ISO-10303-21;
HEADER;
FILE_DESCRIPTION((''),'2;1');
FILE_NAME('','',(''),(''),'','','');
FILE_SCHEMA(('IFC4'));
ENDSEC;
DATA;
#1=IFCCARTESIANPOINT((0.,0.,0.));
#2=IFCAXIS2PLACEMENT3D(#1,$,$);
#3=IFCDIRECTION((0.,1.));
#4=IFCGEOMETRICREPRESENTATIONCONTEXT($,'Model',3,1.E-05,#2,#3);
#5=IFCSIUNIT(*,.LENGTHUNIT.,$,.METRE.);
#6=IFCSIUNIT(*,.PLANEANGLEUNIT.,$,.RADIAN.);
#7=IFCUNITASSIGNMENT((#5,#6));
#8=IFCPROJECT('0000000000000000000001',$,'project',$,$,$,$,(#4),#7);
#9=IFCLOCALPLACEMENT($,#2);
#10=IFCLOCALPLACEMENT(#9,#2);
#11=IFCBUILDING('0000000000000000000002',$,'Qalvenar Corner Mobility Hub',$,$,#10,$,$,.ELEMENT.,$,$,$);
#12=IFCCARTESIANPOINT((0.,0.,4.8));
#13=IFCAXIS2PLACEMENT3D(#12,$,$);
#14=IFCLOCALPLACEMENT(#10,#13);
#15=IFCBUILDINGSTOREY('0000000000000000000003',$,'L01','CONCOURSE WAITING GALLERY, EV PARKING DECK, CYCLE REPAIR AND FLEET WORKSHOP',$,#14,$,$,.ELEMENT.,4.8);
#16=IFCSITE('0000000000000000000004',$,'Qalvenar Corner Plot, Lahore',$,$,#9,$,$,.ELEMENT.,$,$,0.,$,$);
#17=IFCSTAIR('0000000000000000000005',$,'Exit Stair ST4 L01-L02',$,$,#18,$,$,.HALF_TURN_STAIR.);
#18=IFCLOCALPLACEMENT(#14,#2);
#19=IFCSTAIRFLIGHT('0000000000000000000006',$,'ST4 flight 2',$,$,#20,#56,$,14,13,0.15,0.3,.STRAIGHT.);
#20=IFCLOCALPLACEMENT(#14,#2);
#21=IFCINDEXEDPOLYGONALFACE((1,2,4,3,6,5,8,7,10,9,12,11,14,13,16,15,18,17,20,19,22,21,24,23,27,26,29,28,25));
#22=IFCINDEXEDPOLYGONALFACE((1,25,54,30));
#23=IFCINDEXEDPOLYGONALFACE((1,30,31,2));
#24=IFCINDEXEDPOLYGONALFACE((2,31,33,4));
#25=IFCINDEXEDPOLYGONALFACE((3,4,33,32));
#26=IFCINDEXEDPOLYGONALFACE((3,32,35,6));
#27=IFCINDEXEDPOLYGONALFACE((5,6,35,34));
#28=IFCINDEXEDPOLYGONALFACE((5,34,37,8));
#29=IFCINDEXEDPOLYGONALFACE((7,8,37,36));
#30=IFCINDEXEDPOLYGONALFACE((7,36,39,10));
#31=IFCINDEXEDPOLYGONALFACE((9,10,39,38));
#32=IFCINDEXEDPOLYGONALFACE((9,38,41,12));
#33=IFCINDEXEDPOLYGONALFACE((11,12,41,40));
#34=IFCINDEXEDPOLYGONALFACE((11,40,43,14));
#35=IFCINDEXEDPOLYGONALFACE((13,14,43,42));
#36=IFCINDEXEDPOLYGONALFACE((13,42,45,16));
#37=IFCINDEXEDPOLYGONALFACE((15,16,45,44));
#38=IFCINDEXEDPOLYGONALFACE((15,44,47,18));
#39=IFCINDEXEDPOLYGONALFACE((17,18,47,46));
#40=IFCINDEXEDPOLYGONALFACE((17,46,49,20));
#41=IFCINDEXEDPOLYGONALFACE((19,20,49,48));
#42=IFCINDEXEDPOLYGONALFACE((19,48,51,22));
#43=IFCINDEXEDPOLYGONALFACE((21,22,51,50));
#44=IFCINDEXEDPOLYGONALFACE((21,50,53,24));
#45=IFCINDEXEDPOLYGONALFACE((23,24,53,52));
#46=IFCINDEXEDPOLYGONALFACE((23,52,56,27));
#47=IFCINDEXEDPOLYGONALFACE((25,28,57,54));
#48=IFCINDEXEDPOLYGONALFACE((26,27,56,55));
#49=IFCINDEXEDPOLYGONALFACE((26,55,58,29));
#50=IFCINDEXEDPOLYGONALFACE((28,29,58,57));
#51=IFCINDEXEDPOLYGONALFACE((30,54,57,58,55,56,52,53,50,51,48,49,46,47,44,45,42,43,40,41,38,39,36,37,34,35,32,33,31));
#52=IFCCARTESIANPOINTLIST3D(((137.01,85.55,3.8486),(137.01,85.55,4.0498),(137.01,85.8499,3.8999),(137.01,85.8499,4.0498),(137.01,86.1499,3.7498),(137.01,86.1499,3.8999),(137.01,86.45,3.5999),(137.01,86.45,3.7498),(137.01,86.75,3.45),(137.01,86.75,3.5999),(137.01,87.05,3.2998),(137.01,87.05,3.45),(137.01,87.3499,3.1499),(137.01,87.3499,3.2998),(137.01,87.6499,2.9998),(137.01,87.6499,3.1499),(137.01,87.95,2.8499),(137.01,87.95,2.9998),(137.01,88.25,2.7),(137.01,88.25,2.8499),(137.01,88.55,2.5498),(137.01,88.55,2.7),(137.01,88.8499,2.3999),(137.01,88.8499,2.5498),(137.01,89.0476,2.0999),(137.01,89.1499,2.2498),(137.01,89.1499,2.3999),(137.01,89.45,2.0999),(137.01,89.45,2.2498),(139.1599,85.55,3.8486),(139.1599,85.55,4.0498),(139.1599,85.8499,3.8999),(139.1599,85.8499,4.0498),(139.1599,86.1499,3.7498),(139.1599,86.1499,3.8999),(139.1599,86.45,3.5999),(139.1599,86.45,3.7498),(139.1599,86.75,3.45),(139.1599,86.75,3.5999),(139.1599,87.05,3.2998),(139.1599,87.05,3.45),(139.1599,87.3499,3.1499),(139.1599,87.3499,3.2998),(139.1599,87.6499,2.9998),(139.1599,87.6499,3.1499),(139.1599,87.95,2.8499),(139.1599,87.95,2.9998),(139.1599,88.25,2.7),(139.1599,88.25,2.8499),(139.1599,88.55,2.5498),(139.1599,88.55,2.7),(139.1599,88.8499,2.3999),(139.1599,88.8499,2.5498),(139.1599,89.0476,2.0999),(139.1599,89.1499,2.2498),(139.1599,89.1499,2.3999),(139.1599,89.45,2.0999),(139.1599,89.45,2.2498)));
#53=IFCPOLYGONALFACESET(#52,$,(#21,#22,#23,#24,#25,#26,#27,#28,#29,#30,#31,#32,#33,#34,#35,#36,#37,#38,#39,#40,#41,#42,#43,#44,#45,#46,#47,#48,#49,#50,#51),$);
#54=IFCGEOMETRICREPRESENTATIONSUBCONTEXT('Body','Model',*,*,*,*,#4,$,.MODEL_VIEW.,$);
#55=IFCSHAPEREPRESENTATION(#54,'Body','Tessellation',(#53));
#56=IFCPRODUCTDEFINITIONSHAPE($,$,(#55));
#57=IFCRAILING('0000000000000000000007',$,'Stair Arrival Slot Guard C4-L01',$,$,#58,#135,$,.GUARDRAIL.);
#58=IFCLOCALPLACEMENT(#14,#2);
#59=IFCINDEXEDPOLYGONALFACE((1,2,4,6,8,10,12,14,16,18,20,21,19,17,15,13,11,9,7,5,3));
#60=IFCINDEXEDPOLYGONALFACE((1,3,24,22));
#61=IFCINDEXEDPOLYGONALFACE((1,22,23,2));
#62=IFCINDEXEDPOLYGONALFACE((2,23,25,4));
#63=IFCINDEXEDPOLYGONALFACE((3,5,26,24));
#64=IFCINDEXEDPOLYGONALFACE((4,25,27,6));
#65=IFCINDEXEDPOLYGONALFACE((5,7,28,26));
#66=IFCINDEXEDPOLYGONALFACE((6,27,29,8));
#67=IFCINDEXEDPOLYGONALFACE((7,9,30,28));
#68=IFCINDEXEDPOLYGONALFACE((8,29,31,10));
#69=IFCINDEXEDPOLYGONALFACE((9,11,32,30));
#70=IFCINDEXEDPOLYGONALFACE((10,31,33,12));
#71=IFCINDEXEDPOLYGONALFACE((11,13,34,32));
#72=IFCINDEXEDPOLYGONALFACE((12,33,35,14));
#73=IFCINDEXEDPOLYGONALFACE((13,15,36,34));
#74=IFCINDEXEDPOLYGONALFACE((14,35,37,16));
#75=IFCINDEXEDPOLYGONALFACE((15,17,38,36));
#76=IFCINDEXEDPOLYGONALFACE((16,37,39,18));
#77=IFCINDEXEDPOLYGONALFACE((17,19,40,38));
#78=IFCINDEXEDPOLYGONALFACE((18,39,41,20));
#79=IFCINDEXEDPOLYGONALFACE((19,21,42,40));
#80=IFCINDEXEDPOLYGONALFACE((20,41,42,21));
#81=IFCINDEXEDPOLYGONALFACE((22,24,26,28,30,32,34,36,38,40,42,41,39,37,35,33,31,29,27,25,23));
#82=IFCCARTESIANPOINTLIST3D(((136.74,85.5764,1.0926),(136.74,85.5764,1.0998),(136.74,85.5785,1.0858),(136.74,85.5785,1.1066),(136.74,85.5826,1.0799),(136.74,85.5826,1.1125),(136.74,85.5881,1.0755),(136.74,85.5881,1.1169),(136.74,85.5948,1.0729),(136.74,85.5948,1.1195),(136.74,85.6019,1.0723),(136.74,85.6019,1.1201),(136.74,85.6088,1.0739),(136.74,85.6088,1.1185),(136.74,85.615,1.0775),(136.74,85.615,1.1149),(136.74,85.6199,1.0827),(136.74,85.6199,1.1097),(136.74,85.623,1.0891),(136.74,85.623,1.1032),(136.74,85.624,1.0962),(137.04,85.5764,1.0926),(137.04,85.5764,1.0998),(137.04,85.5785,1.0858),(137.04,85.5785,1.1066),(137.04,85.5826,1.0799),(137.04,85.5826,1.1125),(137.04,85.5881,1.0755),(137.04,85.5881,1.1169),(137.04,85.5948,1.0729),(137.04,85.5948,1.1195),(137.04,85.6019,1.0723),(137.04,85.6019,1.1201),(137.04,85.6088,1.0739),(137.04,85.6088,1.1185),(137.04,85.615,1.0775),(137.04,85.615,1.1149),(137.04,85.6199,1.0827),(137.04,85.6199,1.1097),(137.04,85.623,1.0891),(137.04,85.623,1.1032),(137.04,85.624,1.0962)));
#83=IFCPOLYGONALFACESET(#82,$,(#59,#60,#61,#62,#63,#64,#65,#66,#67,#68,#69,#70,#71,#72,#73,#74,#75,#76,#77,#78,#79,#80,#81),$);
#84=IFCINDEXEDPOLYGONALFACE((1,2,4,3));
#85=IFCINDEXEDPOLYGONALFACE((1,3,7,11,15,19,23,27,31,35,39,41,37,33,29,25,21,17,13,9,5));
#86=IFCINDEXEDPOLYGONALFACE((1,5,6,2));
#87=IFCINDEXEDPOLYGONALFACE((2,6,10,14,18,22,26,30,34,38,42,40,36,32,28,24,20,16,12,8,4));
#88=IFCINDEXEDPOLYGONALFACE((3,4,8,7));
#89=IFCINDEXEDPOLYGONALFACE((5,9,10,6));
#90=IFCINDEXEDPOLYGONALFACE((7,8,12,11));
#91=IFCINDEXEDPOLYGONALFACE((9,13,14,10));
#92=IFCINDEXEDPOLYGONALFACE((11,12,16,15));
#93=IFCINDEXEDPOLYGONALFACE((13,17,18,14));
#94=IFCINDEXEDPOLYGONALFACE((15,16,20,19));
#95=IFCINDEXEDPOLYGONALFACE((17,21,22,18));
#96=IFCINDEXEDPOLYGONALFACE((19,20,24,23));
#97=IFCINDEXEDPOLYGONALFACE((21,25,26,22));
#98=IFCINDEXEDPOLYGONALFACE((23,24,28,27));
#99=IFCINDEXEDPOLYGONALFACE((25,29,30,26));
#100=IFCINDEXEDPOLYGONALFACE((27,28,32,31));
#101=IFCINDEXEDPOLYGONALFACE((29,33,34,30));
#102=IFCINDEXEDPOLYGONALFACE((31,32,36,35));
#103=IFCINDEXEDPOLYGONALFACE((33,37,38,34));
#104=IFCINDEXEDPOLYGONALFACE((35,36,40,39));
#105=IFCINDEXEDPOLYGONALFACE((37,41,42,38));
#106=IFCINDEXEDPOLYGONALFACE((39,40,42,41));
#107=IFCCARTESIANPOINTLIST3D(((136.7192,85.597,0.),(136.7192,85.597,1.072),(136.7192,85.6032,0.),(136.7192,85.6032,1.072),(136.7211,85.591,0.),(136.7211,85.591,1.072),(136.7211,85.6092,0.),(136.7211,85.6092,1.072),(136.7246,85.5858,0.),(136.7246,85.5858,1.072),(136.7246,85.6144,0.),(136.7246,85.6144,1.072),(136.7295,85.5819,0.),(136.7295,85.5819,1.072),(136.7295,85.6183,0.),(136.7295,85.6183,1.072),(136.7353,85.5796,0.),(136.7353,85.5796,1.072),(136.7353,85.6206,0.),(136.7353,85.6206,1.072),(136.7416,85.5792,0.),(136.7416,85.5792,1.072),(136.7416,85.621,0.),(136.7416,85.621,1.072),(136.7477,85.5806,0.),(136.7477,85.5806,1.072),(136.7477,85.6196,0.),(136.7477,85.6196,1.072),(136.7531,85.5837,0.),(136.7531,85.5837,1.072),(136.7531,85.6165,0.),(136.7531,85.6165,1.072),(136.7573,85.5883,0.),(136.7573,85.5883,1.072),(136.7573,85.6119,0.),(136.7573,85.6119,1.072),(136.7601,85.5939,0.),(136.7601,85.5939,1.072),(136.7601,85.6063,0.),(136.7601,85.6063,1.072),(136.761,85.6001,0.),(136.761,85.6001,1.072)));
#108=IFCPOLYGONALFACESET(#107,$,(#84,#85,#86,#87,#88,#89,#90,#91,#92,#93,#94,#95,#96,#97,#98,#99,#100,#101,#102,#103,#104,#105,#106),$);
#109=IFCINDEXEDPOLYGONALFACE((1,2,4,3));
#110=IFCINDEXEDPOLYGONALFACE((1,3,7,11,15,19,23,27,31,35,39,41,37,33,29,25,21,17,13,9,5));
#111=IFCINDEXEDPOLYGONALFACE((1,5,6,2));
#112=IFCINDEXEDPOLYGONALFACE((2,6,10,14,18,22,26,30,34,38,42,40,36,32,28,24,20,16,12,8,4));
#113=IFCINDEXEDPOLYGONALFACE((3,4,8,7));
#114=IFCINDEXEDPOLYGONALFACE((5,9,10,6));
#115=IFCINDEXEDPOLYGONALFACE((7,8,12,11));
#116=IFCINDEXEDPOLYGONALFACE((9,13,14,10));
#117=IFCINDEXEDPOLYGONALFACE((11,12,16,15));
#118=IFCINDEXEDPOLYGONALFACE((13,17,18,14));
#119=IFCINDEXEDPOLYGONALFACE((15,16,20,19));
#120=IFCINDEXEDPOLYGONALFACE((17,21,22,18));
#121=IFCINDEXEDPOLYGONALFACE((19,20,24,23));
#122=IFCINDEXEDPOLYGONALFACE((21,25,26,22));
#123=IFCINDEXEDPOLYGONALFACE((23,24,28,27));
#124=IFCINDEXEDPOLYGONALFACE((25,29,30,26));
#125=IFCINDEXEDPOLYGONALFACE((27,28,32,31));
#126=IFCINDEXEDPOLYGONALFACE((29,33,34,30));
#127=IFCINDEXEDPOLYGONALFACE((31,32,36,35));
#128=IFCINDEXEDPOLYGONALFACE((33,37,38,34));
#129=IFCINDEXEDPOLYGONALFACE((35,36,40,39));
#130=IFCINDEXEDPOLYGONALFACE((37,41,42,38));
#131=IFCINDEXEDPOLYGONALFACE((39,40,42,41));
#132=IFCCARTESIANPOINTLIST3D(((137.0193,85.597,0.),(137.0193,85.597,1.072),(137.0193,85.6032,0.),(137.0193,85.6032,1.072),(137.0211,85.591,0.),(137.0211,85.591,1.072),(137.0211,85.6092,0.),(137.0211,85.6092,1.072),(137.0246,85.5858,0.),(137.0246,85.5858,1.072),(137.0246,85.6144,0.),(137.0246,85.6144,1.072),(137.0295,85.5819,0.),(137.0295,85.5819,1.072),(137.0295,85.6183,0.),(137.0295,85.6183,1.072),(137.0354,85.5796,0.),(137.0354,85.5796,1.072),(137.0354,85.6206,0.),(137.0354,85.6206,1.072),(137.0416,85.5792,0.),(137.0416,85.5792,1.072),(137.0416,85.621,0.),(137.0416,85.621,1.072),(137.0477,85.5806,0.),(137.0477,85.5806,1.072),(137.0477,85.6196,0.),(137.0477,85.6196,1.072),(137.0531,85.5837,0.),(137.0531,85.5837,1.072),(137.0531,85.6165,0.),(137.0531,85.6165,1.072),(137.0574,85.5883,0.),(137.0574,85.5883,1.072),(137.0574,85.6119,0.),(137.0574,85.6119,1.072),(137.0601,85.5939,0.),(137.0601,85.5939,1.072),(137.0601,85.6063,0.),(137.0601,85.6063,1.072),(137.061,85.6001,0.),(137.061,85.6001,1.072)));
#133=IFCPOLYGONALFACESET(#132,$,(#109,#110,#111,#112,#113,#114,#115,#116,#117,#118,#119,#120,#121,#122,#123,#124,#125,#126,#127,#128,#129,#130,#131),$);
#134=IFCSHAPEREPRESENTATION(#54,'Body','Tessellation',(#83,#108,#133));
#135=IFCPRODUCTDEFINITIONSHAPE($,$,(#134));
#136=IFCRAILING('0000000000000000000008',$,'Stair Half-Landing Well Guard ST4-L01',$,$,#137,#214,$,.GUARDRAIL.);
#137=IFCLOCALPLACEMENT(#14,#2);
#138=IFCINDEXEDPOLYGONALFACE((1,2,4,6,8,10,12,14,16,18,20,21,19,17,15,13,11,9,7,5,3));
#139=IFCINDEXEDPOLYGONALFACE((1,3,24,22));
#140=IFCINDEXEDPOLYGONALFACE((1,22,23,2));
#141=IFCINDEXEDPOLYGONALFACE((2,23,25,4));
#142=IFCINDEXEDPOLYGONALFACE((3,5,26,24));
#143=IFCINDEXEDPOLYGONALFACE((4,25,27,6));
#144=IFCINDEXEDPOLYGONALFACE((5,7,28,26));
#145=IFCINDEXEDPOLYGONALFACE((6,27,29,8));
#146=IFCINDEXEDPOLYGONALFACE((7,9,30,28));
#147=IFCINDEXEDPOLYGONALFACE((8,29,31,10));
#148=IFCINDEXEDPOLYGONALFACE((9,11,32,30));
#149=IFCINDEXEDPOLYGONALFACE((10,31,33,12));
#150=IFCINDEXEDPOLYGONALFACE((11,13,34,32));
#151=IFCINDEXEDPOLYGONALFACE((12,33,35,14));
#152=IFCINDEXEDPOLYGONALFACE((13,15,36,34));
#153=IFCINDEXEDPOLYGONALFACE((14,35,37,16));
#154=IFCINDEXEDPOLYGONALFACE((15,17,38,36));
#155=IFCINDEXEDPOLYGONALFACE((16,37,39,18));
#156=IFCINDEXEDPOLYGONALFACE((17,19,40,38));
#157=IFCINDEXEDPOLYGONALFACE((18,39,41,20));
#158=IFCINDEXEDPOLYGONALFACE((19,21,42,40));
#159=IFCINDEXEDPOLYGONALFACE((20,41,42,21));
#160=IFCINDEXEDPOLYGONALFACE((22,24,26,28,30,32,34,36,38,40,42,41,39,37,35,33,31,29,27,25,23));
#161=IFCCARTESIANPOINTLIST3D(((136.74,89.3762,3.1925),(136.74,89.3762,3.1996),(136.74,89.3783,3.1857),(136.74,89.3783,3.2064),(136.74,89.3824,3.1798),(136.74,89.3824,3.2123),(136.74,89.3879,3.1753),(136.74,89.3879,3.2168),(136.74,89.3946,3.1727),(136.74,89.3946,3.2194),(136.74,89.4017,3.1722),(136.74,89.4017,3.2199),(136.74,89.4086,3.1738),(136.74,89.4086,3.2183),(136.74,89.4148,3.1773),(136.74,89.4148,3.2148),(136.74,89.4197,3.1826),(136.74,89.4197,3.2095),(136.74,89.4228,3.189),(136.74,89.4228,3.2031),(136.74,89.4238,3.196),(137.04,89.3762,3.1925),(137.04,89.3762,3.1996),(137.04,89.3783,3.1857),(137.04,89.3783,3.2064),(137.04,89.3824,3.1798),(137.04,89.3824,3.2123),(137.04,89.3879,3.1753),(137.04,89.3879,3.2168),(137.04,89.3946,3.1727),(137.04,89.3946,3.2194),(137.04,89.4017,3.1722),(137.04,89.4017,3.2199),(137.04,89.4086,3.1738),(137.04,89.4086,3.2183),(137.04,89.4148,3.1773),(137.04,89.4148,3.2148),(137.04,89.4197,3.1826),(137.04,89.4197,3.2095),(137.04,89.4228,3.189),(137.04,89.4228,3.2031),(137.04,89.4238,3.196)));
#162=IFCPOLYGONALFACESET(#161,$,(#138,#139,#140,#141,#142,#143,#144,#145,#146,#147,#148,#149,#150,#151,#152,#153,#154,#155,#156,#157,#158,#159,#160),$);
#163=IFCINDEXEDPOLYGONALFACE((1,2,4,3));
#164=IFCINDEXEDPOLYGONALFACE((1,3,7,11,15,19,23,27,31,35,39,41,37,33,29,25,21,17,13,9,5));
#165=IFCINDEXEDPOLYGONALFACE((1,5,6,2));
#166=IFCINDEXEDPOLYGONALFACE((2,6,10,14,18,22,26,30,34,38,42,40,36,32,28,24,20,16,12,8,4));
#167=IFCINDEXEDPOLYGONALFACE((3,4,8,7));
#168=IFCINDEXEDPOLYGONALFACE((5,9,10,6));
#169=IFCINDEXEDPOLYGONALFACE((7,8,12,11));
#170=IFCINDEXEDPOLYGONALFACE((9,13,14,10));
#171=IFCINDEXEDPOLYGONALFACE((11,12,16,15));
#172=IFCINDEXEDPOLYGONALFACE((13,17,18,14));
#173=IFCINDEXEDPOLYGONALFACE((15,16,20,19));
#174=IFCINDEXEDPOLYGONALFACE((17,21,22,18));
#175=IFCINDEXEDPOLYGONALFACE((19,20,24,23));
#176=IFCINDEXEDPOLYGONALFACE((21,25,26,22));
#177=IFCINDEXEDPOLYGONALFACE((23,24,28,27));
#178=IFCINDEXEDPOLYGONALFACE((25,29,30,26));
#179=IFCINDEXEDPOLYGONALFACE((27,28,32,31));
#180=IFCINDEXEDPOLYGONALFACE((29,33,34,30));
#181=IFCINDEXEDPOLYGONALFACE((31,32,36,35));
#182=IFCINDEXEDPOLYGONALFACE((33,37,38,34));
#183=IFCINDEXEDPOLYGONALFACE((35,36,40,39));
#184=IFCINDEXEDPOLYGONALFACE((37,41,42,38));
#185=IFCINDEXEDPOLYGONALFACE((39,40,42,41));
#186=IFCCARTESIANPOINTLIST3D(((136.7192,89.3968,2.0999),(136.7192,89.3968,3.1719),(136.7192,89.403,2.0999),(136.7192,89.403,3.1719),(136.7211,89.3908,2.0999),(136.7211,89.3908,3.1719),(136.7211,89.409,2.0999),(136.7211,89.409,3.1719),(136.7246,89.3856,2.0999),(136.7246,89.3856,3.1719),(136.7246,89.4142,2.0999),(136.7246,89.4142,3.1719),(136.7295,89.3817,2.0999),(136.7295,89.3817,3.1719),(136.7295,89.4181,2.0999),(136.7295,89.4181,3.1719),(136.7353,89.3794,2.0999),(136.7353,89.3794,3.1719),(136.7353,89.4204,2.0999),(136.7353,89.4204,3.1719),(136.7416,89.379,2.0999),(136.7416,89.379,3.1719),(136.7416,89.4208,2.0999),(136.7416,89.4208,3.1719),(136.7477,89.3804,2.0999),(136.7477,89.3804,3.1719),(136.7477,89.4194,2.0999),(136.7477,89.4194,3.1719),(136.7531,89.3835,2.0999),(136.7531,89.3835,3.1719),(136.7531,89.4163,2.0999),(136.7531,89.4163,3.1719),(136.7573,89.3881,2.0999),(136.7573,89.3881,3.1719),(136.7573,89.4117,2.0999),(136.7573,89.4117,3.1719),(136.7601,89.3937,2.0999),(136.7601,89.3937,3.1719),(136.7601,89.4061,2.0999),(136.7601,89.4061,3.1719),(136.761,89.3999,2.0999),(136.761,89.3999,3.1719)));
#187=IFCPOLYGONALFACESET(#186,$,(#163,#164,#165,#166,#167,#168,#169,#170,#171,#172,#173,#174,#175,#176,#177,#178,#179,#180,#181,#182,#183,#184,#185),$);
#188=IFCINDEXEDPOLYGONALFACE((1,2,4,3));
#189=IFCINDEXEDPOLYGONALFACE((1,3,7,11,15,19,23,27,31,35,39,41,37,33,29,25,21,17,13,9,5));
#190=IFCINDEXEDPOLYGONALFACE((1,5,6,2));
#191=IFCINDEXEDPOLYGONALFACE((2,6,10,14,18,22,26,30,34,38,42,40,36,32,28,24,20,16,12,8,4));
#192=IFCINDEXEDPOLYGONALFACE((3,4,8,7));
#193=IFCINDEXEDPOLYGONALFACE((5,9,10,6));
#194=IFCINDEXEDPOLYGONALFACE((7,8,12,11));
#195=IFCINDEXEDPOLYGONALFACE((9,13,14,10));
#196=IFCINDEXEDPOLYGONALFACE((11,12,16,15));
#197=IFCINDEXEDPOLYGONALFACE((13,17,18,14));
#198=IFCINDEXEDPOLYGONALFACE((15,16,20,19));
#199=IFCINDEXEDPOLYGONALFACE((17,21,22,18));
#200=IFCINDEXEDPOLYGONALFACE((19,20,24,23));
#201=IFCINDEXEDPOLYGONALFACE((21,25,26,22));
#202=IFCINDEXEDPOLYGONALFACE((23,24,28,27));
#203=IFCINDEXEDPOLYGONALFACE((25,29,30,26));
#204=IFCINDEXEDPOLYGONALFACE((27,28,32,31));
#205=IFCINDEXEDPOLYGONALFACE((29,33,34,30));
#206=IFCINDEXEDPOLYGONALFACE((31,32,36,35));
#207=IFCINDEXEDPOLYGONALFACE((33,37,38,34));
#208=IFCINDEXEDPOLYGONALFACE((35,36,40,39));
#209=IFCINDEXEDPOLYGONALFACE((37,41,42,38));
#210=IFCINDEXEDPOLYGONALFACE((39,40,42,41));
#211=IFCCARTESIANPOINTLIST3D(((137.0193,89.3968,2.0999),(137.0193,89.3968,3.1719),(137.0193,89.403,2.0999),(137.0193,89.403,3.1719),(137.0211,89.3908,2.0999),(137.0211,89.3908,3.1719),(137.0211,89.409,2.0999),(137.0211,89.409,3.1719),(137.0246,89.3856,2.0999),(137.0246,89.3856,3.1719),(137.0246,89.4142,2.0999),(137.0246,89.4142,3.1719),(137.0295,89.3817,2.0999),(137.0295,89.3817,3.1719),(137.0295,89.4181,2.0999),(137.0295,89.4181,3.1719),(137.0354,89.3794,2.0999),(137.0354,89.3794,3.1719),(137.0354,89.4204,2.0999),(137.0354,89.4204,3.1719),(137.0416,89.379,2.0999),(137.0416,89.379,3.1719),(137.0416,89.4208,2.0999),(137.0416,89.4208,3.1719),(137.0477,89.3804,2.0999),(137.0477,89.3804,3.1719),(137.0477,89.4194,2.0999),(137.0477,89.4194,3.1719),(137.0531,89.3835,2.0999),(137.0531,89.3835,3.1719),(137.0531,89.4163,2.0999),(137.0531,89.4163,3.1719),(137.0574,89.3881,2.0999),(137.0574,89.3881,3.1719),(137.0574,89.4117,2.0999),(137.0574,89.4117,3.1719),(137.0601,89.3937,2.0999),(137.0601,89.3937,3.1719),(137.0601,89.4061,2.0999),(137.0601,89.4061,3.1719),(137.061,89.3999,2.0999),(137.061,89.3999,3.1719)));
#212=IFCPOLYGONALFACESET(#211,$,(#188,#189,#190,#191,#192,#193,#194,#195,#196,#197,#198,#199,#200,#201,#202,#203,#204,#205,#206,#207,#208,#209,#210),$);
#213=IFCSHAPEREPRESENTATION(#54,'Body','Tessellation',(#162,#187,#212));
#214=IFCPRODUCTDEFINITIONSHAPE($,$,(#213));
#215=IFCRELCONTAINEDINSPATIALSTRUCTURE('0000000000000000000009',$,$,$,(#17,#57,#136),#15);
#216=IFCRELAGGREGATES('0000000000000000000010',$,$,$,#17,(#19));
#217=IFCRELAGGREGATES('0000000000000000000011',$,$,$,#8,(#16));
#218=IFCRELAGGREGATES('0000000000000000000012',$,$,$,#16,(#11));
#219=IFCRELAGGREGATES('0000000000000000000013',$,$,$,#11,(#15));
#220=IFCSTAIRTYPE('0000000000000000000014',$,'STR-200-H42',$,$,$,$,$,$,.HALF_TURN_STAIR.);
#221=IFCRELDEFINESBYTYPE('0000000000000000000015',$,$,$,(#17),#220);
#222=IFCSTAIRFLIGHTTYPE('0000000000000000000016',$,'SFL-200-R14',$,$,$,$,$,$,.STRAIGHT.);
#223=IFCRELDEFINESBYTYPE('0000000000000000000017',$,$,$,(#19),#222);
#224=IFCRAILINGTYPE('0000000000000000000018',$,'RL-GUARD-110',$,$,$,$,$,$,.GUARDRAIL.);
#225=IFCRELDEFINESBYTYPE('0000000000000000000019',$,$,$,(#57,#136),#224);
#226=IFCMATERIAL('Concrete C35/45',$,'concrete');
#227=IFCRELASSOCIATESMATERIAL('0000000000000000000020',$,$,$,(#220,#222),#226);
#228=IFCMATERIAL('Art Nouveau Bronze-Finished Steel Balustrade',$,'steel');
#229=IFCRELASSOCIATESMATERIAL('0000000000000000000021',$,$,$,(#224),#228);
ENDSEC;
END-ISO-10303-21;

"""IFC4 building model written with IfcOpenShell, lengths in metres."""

from ifc_helpers import new_model, si_unit, direction, frame, origin, origin_2d, place, context, subcontext, project, spatial, polyline, circle, outline, extrude, material, type_object, element, aggregate, save


model = new_model("IFC4")

# Units and contexts
model_context = context("Model", 3, precision=1e-05, world=origin(), true_north=direction((0.0, 1.0)))
body_context = subcontext(model_context, "Body", "Model", "MODEL_VIEW")
ifc_project = project(units=[si_unit("LENGTHUNIT", "METRE"), si_unit("PLANEANGLEUNIT", "RADIAN")], contexts=[model_context])

# Site, building, storey
site_placement = place(None, origin())
site = spatial("IfcSite", under=ifc_project, at=site_placement, Name="Qalvenar Corner Plot, Lahore", CompositionType="ELEMENT", RefElevation=0.0)
building_placement = place(site_placement, origin())
building = spatial("IfcBuilding", under=site, at=building_placement, Name="Qalvenar Corner Mobility Hub", CompositionType="ELEMENT")
storey_placement = place(building_placement, frame((0.0, 0.0, 4.8)))
storey = spatial("IfcBuildingStorey", under=building, at=storey_placement, Name="L01", Description="CONCOURSE WAITING GALLERY, EV PARKING DECK, CYCLE REPAIR AND FLEET WORKSHOP", CompositionType="ELEMENT", Elevation=4.8)

# Stair, stair flight
ifc_material_1 = material(Name="Concrete C35/45", Category="concrete")
stair_type = type_object("IfcStairType", Name="STR-200-H42", PredefinedType="HALF_TURN_STAIR", material=ifc_material_1)
stair_placement = place(storey_placement, origin())
stair = element("IfcStair", 1, at=stair_placement, inside=storey, type_object=stair_type, Name="Exit Stair ST4 L01-L02", PredefinedType="HALF_TURN_STAIR")
stair_flight_type = type_object("IfcStairFlightType", Name="SFL-200-R14", PredefinedType="STRAIGHT", material=ifc_material_1)
stair_flight_1_placement = place(storey_placement, frame((138.085, 89.45, 2.0999), z_axis=(0.0, 0.0, 1.0), x_axis=(0.0, -1.0, 0.0)))
stair_flight_1 = element("IfcStairFlight", 2, at=stair_flight_1_placement, type_object=stair_flight_type, Name="ST4 flight 2", NumberOfRisers=14, NumberOfTreads=13, PredefinedType="STRAIGHT", RiserHeight=0.15, TreadLength=0.3, context=body_context, shape_type="SweptSolid", body=[
    extrude(outline(polyline([(0.0, 0.0), (0.0, 0.1499), (0.3, 0.1499), (0.3, 0.3), (0.6001, 0.3), (0.6001, 0.45), (0.8999, 0.45), (0.8999, 0.6001), (1.2, 0.6001), (1.2, 0.75), (1.5, 0.75), (1.5, 0.8999), (1.8, 0.8999), (1.8, 1.05), (2.1001, 1.05), (2.1001, 1.2), (2.3999, 1.2), (2.3999, 1.3501), (2.7, 1.3501), (2.7, 1.5), (3.0, 1.5), (3.0, 1.6499), (3.3, 1.6499), (3.3, 1.8), (3.6001, 1.8), (3.6001, 1.95), (3.8999, 1.95), (3.8999, 2.1001), (3.8999, 1.7488), (0.4023, 0.0), (0.0, 0.0)])), frame((0.0, 1.075, 0.0), z_axis=(0.0, -1.0, 0.0), x_axis=(1.0, 0.0, 0.0)), (0.0, 0.0, 1.0), 2.1499),
])
aggregate(stair, [stair_flight_1])

# Railings
ifc_material_2 = material(Name="Art Nouveau Bronze-Finished Steel Balustrade", Category="steel")
railing_type_1 = type_object("IfcRailingType", Name="RL-GUARD-110", PredefinedType="GUARDRAIL", material=ifc_material_2)
for number, where, name in (
    (3, (136.74, 85.6001, 0.0), "Stair Arrival Slot Guard C4-L01"),
    (4, (136.74, 89.3999, 2.0999), "Stair Half-Landing Well Guard ST4-L01"),
):
    element("IfcRailing", number, at=place(storey_placement, frame(where)), inside=storey, type_object=railing_type_1, Name=name, PredefinedType="GUARDRAIL", context=body_context, shape_type="SweptSolid", body=[
        extrude(circle(Radius=0.0239, at=origin_2d()), frame((0.0, 0.0, 1.0962), z_axis=(1.0, 0.0, 0.0), x_axis=(0.0, 1.0, 0.0)), (0.0, 0.0, 1.0), 0.3),
        extrude(circle(Radius=0.021, at=origin_2d()), origin(), (0.0, 0.0, 1.0), 1.072),
        extrude(circle(Radius=0.021, at=origin_2d()), frame((0.3, 0.0, 0.0)), (0.0, 0.0, 1.0), 1.072),
    ])

save(model, "model.ifc")
